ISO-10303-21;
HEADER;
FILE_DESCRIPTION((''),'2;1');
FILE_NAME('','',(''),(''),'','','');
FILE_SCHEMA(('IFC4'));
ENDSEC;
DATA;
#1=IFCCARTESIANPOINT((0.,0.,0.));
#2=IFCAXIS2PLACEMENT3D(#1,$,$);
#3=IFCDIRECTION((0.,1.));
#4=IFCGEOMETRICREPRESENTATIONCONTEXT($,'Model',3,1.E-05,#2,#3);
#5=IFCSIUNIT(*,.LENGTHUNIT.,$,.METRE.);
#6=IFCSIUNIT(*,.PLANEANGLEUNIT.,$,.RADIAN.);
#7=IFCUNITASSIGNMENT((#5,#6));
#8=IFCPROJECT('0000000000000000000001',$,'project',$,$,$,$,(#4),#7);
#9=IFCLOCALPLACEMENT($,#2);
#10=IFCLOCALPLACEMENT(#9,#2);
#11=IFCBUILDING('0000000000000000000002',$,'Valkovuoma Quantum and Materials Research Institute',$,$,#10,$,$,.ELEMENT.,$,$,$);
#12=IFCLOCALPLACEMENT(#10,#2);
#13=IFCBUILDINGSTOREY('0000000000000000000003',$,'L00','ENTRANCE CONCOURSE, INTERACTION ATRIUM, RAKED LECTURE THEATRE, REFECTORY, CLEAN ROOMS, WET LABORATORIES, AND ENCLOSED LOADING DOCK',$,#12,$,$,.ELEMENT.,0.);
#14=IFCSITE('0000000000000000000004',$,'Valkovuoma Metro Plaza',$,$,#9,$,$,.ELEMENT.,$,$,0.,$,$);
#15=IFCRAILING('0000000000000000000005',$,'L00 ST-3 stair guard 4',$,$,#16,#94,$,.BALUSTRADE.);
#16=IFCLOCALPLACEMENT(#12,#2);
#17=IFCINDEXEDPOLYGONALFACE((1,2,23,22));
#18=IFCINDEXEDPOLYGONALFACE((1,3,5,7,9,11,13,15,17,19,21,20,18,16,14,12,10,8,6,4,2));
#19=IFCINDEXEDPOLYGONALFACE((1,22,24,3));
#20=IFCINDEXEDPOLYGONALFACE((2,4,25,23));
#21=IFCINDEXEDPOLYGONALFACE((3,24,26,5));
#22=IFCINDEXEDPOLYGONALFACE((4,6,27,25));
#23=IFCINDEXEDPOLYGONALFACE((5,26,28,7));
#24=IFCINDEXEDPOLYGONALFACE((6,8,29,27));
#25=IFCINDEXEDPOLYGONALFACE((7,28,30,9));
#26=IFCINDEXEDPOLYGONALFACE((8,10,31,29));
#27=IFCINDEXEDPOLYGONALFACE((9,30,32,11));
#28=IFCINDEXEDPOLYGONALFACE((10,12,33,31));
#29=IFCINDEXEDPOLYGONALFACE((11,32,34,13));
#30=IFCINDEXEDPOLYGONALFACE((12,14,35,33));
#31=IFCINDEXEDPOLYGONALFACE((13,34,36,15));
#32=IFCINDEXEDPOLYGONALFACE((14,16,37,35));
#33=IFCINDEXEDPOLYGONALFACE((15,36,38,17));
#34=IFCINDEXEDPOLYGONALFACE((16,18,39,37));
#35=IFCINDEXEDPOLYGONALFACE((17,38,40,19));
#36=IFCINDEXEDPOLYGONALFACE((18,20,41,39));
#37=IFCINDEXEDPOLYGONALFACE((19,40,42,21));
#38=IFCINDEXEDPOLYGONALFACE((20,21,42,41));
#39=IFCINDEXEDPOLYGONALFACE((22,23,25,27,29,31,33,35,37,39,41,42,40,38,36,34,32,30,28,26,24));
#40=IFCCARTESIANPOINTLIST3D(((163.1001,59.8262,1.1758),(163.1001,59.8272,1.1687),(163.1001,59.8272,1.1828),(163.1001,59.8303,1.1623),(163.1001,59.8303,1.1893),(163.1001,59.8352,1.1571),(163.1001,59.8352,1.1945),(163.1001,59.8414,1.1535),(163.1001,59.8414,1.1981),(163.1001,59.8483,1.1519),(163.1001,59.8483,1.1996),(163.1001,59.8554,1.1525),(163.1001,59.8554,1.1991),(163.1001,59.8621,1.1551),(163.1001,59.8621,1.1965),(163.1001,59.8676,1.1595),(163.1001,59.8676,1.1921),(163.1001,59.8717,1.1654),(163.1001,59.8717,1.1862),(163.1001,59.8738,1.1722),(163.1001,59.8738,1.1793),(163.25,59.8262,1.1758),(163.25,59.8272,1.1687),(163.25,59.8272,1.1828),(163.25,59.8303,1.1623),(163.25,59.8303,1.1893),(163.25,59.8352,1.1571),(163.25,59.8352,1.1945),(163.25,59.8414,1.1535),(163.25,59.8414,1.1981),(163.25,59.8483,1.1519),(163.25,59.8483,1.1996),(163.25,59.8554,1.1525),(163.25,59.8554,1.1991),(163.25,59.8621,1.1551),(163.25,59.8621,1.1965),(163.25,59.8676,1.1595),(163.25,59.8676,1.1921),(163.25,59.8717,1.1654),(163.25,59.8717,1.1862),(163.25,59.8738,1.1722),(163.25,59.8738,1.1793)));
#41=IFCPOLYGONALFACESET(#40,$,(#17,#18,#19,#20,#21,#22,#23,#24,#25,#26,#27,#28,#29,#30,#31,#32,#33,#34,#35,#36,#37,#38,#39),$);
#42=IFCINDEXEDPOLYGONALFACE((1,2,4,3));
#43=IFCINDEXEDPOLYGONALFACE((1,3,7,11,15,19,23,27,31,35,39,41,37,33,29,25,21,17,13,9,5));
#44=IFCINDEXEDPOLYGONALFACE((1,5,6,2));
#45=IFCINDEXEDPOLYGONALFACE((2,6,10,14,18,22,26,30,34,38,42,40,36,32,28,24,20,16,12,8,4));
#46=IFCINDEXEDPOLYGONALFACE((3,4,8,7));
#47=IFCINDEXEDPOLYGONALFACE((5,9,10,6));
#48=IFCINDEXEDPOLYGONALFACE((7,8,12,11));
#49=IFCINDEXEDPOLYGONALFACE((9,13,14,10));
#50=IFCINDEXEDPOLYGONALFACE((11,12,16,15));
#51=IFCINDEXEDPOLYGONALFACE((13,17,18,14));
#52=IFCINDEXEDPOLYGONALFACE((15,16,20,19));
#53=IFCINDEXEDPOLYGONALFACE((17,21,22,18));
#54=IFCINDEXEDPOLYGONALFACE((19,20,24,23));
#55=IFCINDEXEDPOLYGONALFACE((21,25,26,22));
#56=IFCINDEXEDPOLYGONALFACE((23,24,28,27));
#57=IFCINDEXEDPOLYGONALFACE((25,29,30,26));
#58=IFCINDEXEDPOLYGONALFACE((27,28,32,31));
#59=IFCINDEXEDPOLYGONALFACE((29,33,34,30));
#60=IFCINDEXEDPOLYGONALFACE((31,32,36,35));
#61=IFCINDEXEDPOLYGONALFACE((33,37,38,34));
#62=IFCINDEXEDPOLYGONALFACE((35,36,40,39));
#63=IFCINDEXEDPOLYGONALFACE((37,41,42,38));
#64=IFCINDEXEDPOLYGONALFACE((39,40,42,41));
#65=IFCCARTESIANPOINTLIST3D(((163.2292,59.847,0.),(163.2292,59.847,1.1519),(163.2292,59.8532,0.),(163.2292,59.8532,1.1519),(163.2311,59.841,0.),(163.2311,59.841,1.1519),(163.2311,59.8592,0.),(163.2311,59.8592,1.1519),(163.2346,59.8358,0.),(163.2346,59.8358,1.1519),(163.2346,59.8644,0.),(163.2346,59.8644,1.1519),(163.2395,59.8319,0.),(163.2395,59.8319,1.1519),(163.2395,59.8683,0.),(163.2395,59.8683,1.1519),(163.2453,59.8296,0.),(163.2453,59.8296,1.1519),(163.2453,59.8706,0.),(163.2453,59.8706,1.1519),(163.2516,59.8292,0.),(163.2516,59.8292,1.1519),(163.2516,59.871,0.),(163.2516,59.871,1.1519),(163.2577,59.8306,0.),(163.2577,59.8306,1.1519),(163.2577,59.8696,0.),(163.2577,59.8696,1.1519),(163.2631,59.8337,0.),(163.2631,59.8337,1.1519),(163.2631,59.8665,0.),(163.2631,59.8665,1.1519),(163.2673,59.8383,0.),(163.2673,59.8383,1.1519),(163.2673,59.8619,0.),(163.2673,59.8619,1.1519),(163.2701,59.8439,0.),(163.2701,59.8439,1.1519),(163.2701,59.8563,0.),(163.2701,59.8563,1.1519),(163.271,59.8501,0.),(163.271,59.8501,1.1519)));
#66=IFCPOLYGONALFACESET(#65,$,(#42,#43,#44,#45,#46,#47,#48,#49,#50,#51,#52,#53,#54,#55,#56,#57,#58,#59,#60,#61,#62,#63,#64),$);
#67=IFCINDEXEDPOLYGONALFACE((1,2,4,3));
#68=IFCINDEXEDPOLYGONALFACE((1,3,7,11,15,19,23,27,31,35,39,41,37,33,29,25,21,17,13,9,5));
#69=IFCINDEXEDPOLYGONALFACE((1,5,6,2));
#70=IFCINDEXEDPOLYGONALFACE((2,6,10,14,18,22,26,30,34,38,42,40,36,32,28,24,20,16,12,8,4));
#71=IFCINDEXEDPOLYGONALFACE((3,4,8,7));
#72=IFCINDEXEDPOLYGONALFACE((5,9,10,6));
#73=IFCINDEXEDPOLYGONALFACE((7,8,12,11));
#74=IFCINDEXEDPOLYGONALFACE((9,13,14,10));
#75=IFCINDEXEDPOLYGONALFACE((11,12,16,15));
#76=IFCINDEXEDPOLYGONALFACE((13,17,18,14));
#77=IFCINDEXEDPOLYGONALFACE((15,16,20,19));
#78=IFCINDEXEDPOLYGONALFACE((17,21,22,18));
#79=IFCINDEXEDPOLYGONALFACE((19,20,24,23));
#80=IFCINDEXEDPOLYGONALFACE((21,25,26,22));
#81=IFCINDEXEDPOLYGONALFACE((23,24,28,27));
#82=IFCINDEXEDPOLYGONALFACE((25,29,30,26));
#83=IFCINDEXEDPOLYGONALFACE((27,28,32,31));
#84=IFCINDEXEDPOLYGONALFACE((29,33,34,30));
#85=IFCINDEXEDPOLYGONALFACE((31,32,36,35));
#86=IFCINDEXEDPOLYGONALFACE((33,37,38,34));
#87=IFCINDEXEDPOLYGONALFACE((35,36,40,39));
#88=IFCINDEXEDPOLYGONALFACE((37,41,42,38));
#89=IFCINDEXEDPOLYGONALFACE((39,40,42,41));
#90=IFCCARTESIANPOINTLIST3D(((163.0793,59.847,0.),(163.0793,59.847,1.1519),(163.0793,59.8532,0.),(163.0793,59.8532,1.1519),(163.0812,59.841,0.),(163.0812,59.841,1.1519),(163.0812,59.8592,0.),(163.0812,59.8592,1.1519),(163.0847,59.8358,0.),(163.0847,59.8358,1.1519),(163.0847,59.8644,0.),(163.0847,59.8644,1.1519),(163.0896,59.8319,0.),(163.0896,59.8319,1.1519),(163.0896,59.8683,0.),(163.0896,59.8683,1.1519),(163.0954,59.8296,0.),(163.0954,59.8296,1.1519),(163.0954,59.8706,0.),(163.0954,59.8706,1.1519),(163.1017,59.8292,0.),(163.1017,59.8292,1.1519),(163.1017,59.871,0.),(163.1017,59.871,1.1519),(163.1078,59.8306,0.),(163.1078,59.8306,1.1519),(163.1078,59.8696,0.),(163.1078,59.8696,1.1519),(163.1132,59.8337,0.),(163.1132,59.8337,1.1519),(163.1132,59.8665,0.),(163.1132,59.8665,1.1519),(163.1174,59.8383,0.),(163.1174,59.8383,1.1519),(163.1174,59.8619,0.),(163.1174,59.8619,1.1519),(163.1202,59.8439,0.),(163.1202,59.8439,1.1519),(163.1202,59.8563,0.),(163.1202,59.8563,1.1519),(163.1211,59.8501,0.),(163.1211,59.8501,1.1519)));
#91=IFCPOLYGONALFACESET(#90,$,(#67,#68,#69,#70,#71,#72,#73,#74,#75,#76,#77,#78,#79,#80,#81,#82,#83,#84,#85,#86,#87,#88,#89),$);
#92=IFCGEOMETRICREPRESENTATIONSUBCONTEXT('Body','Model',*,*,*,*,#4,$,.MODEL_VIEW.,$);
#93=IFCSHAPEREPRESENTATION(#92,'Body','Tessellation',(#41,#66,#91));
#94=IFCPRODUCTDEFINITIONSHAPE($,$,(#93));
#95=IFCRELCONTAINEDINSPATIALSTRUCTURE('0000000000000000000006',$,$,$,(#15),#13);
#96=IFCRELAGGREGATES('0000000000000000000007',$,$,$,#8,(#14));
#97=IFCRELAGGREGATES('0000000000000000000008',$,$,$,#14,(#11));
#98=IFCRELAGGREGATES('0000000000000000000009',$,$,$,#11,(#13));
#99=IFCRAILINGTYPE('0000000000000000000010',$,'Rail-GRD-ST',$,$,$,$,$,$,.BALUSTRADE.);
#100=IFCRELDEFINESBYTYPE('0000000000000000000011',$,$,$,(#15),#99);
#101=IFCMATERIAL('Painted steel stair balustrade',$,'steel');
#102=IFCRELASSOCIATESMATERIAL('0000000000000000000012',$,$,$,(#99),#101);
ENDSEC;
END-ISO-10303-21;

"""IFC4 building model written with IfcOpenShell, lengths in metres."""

from ifc_helpers import new_model, si_unit, direction, frame, origin, origin_2d, place, context, subcontext, project, spatial, circle, extrude, material, type_object, element, save


model = new_model("IFC4")

# Units and contexts
model_context = context("Model", 3, precision=1e-05, world=origin(), true_north=direction((0.0, 1.0)))
body_context = subcontext(model_context, "Body", "Model", "MODEL_VIEW")
ifc_project = project(units=[si_unit("LENGTHUNIT", "METRE"), si_unit("PLANEANGLEUNIT", "RADIAN")], contexts=[model_context])

# Site, building, storey
site_placement = place(None, origin())
site = spatial("IfcSite", under=ifc_project, at=site_placement, Name="Valkovuoma Metro Plaza", CompositionType="ELEMENT", RefElevation=0.0)
building_placement = place(site_placement, origin())
building = spatial("IfcBuilding", under=site, at=building_placement, Name="Valkovuoma Quantum and Materials Research Institute", CompositionType="ELEMENT")
storey_placement = place(building_placement, origin())
storey = spatial("IfcBuildingStorey", under=building, at=storey_placement, Name="L00", Description="ENTRANCE CONCOURSE, INTERACTION ATRIUM, RAKED LECTURE THEATRE, REFECTORY, CLEAN ROOMS, WET LABORATORIES, AND ENCLOSED LOADING DOCK", CompositionType="ELEMENT", Elevation=0.0)

# Railing
ifc_material_1 = material(Name="Painted steel stair balustrade", Category="steel")
railing_type = type_object("IfcRailingType", Name="Rail-GRD-ST", PredefinedType="BALUSTRADE", material=ifc_material_1)
railing_1_placement = place(storey_placement, frame((163.25, 59.8501, 0.0)))
element("IfcRailing", 1, at=railing_1_placement, inside=storey, type_object=railing_type, Name="L00 ST-3 stair guard 4", PredefinedType="BALUSTRADE", context=body_context, shape_type="SweptSolid", body=[
    extrude(circle(Radius=0.0239, at=origin_2d()), frame((0.0, 0.0, 1.1758), z_axis=(-1.0, 0.0, 0.0), x_axis=(0.0, -1.0, 0.0)), (0.0, 0.0, 1.0), 0.1499),
    extrude(circle(Radius=0.021, at=origin_2d()), origin(), (0.0, 0.0, 1.0), 1.1519),
    extrude(circle(Radius=0.021, at=origin_2d()), frame((-0.1499, 0.0, 0.0)), (0.0, 0.0, 1.0), 1.1519),
])

save(model, "model.ifc")
